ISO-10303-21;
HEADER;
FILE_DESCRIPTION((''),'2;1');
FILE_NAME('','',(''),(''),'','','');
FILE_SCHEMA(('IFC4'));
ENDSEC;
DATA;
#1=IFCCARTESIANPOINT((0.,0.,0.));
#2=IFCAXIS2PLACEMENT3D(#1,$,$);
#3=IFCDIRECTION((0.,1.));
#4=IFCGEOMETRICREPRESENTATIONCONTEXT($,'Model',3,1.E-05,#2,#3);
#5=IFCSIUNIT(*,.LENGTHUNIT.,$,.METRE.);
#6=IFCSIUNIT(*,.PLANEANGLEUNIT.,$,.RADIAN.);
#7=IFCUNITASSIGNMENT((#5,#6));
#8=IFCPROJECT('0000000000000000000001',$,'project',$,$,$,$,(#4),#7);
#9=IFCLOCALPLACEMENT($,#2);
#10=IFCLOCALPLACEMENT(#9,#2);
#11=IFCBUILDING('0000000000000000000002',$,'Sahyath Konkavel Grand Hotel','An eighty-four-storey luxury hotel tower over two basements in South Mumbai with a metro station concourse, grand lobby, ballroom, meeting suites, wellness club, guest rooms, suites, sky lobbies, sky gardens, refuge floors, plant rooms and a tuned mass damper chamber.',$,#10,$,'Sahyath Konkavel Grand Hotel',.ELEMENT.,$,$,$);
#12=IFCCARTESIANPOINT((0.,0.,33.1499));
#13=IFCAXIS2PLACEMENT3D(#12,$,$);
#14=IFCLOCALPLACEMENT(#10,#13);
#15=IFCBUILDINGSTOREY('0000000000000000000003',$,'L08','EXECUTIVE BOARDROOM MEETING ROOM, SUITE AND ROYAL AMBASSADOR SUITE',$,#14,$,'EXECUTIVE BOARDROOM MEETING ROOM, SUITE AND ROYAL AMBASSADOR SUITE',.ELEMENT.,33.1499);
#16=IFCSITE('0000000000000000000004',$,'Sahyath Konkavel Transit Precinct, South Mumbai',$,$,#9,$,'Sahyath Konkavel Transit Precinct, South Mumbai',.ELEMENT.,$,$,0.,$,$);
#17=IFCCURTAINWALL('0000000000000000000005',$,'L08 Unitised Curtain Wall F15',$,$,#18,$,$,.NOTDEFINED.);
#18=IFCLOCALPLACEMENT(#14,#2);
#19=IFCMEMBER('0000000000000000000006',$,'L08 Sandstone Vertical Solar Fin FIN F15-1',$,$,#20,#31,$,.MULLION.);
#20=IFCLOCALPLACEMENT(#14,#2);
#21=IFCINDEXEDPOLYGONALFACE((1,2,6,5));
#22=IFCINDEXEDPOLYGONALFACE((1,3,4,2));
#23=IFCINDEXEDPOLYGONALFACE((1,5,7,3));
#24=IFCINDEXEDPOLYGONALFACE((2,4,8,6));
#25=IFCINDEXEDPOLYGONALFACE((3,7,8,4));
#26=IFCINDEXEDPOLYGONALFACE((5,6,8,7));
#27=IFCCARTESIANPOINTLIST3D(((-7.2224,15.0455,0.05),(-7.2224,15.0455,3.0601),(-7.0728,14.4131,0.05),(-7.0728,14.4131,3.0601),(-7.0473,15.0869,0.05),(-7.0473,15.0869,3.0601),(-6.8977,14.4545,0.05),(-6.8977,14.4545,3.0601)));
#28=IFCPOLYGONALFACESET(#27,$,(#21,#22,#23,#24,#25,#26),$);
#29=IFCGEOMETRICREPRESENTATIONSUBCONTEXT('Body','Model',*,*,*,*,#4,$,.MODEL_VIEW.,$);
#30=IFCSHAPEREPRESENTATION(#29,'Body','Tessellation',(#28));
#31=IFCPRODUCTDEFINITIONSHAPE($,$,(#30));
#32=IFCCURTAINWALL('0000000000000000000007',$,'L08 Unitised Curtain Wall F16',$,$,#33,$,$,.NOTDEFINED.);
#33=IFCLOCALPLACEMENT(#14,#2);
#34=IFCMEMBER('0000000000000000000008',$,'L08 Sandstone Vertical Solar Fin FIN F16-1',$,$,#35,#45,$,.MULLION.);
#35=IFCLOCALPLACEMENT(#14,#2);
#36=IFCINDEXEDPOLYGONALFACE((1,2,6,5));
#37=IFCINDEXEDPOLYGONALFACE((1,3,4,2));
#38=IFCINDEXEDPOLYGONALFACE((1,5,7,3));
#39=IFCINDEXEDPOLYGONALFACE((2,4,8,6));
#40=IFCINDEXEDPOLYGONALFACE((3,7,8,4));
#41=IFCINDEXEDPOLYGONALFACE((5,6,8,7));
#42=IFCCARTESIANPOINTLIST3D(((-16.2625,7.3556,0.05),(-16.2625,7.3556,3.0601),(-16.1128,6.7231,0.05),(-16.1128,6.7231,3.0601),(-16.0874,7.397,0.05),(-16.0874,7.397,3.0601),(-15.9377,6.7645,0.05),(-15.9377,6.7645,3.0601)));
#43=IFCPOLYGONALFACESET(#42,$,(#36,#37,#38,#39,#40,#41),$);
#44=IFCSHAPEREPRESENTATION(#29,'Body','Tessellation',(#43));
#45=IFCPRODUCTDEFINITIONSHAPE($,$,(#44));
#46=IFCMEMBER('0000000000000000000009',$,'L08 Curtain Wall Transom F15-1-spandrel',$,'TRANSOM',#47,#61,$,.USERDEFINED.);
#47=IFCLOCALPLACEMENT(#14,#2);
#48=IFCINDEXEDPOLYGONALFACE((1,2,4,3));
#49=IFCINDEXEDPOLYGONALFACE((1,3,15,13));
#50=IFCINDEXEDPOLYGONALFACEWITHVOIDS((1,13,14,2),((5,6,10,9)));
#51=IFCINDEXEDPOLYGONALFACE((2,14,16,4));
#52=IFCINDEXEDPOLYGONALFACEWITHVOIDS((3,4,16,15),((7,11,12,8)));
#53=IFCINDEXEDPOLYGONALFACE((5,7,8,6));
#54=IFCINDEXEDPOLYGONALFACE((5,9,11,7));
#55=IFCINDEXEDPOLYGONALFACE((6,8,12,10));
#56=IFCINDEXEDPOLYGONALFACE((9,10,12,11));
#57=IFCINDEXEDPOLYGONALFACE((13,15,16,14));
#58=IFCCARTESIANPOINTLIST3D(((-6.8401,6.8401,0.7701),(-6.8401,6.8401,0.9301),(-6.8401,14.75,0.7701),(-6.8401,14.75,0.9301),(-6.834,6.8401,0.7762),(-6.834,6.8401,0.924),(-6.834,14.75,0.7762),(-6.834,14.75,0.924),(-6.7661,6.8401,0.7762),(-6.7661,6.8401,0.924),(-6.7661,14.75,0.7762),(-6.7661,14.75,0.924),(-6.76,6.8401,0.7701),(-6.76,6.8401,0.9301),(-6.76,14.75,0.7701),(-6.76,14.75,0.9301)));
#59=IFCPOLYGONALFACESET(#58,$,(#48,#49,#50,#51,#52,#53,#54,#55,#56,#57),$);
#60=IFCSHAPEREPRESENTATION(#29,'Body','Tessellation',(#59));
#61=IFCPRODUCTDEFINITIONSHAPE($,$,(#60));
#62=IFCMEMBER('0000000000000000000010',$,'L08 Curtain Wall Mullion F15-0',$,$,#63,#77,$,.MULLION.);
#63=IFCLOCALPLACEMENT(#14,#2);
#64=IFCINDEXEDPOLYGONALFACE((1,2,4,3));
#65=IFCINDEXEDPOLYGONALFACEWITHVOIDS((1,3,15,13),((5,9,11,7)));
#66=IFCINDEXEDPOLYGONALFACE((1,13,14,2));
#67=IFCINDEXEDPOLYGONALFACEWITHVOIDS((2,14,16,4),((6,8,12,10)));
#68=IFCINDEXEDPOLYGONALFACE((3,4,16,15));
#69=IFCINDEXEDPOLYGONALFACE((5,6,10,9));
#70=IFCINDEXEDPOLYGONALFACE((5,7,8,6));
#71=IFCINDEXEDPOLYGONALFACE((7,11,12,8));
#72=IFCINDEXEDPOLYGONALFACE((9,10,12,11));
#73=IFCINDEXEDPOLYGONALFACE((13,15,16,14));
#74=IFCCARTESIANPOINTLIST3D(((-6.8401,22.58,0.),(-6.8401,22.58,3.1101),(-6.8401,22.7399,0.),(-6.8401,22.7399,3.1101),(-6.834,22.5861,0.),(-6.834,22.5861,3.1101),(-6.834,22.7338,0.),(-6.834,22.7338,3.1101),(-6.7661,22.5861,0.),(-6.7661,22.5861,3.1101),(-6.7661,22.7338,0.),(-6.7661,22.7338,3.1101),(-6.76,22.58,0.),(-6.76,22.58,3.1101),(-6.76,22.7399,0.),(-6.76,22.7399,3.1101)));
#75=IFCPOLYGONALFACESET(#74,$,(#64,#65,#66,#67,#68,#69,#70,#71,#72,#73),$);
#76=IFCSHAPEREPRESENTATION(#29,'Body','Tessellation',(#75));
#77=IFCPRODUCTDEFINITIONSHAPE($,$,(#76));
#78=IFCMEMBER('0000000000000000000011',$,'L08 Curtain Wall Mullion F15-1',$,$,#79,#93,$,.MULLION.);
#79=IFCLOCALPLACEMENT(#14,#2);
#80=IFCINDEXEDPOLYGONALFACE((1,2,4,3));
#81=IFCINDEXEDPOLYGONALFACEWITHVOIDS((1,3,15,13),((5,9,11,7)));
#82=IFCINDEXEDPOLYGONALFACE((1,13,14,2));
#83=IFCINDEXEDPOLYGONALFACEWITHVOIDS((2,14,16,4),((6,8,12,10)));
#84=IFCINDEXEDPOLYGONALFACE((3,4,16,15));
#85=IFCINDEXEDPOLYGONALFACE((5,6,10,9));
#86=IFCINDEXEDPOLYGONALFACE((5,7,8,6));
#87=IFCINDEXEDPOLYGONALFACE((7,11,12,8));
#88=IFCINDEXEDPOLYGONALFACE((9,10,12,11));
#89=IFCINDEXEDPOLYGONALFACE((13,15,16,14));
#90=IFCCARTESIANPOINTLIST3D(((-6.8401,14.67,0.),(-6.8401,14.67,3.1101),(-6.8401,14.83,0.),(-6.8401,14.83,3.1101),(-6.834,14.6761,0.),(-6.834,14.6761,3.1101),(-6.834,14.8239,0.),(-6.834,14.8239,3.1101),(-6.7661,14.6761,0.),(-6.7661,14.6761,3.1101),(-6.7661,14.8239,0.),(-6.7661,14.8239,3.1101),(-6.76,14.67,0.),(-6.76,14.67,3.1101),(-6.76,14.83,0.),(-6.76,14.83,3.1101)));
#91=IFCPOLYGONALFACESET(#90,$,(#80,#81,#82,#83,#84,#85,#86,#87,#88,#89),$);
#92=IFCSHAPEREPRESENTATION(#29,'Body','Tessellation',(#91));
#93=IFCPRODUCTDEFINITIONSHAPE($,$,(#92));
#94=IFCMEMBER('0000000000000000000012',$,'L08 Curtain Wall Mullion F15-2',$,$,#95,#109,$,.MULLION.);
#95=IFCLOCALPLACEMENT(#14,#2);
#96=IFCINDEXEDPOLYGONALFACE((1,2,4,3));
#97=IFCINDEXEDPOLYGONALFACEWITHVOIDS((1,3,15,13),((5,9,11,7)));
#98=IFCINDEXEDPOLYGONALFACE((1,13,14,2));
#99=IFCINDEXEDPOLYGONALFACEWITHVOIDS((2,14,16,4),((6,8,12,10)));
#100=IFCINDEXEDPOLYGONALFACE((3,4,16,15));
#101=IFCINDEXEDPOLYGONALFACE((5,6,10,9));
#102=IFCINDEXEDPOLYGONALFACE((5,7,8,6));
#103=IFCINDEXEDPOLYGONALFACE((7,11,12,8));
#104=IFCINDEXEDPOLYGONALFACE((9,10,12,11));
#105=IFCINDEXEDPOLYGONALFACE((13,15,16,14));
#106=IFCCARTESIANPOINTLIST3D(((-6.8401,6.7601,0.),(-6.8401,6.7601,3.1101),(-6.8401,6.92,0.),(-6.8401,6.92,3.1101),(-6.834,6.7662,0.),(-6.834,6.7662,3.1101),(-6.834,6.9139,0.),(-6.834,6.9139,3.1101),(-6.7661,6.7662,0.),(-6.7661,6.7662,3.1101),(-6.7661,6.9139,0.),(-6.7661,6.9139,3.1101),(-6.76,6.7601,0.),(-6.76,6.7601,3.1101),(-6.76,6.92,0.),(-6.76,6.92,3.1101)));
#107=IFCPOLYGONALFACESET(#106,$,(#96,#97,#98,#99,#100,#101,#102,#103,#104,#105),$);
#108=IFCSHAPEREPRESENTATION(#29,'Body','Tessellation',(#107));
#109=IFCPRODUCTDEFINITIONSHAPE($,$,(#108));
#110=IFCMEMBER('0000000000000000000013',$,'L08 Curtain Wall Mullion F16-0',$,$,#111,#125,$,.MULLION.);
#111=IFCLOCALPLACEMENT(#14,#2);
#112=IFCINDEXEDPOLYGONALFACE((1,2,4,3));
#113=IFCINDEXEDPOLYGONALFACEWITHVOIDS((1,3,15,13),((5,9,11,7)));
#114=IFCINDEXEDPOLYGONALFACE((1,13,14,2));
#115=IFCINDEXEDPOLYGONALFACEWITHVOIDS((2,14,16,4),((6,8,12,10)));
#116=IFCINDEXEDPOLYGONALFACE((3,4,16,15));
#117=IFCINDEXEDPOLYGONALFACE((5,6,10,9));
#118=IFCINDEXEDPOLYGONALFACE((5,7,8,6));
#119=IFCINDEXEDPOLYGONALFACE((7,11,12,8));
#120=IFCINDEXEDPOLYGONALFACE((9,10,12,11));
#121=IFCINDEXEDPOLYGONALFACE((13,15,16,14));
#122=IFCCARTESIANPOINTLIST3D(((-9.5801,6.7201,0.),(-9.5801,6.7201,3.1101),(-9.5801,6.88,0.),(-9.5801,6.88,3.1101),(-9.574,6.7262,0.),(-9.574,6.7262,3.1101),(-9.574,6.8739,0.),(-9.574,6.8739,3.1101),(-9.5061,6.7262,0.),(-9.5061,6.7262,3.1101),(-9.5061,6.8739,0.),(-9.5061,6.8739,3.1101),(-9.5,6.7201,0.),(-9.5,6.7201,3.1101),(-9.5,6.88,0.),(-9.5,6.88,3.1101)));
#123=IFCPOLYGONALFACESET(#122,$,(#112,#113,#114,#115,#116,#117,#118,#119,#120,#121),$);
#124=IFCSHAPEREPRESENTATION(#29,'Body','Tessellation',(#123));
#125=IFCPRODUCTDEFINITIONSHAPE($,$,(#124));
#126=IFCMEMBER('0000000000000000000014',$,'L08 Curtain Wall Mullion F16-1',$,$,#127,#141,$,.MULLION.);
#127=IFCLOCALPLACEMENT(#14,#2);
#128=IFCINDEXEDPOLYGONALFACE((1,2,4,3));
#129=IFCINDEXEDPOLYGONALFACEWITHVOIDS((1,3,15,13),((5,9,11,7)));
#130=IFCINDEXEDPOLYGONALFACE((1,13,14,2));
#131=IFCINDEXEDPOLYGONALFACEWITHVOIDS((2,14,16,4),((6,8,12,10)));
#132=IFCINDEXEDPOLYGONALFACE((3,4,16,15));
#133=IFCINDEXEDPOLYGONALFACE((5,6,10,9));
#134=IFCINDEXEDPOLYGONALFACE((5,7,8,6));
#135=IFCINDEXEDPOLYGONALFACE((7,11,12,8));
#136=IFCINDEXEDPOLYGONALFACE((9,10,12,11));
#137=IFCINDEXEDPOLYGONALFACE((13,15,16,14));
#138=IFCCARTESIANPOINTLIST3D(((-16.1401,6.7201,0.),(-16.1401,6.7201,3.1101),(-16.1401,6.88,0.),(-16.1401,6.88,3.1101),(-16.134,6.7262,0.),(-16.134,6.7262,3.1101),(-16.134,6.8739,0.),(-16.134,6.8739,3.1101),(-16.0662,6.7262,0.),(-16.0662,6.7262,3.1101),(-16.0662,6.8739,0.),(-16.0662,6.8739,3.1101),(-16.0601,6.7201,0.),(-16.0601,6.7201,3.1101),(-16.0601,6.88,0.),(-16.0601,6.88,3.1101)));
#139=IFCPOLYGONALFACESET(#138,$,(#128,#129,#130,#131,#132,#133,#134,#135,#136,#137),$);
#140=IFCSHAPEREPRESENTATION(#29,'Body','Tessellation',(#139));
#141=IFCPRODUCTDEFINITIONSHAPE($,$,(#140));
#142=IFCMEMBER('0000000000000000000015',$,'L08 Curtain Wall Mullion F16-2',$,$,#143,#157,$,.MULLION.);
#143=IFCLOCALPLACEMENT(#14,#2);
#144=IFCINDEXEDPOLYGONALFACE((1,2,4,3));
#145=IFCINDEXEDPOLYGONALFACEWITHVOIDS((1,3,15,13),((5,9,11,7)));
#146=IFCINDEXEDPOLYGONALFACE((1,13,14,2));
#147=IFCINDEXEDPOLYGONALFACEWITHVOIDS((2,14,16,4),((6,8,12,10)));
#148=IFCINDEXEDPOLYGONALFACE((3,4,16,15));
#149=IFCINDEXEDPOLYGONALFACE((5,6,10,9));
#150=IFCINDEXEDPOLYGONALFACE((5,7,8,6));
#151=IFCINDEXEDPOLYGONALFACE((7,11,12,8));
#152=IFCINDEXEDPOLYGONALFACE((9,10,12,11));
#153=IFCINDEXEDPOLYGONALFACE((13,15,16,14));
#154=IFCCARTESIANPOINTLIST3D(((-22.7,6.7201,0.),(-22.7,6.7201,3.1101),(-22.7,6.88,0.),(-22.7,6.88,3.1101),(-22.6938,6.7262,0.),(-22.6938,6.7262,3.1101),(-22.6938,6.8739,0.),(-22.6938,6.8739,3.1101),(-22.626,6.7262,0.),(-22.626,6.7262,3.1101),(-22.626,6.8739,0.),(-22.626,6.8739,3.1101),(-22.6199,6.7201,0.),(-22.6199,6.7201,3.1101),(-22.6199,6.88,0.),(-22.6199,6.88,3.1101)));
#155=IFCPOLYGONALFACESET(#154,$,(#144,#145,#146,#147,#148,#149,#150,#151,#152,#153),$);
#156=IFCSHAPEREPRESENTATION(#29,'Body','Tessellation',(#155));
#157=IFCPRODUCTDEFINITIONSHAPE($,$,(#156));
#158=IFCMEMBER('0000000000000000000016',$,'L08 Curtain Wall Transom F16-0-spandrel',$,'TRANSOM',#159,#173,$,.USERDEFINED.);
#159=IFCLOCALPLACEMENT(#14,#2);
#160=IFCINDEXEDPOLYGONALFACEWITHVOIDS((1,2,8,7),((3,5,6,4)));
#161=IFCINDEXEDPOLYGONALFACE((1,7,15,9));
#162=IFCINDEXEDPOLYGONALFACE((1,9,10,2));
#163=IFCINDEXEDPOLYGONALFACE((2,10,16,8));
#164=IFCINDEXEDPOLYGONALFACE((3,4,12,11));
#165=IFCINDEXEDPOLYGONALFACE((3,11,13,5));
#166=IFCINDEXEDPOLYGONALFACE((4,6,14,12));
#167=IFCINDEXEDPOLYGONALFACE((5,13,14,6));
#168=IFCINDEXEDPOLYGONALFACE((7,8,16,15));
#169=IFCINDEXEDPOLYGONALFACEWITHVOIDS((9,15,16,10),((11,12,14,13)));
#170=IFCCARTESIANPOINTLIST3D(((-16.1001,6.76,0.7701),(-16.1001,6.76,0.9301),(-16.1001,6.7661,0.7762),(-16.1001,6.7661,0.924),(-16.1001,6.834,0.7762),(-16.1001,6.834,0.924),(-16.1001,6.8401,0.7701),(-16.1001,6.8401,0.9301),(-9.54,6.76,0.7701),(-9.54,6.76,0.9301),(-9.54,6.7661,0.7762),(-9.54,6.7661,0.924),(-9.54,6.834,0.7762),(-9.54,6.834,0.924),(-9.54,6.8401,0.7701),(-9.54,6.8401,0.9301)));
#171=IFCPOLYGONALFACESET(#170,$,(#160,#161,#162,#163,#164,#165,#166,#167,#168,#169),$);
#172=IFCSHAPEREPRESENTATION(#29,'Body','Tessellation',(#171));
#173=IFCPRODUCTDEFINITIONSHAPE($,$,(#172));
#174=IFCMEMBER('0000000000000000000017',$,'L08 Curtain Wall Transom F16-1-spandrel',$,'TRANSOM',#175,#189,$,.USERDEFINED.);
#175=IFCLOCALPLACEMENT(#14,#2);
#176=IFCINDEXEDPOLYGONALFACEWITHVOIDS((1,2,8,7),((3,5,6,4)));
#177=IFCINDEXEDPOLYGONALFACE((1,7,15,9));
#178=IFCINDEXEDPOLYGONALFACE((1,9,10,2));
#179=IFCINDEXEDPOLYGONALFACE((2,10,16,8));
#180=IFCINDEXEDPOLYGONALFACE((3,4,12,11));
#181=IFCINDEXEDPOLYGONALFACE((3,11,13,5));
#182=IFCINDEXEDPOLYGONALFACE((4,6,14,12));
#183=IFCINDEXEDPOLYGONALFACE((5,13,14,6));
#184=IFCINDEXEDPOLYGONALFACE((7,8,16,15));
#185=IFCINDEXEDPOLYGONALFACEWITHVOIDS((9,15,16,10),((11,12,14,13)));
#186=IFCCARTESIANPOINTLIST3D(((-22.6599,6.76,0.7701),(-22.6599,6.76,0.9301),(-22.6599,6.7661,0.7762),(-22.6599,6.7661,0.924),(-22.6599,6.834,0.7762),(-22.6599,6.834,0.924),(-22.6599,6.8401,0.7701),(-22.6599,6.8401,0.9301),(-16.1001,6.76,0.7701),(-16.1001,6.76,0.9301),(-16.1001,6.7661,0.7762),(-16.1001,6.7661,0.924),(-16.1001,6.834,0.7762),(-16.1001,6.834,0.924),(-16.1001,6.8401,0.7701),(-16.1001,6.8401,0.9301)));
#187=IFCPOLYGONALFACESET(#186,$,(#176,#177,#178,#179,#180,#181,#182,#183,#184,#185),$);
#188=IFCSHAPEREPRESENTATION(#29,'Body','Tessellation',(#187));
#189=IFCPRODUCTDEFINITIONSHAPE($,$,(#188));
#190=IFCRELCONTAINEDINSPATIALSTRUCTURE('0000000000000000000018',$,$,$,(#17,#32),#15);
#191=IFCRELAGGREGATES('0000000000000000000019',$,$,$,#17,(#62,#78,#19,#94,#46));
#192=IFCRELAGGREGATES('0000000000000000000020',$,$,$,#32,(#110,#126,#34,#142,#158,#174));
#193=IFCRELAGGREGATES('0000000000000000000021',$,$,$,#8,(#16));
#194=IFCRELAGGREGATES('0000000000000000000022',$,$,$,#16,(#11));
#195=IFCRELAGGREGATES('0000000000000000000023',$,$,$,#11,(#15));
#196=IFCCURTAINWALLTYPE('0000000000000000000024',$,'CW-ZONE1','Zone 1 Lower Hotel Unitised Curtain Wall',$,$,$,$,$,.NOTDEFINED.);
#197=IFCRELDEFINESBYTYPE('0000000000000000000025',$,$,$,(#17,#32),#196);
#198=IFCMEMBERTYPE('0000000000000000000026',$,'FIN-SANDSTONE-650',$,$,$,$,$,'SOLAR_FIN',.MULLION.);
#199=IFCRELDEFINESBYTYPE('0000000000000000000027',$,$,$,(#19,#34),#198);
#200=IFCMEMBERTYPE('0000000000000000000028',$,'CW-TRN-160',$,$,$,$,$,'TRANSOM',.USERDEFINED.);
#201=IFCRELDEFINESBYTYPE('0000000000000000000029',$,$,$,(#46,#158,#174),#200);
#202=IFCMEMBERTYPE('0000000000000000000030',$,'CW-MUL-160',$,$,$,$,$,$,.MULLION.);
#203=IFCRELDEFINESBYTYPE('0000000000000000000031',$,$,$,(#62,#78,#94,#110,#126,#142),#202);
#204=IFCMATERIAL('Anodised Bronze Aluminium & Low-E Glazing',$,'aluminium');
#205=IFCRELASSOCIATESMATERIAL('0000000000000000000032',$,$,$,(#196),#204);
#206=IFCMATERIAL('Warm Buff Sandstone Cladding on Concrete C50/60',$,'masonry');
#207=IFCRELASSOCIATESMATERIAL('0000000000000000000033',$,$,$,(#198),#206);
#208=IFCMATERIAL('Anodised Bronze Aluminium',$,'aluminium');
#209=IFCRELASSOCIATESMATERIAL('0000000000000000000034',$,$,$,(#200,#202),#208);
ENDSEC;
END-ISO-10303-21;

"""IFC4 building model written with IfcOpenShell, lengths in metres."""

from ifc_helpers import new_model, si_unit, direction, frame, origin, origin_2d, place, context, subcontext, project, spatial, rectangle, hollow_rectangle, extrude, source, transform, mapped, material, material_profile, profile_set, type_object, element, aggregate, save


model = new_model("IFC4")

# Units and contexts
model_context = context("Model", 3, precision=1e-05, world=origin(), true_north=direction((0.0, 1.0)))
body_context = subcontext(model_context, "Body", "Model", "MODEL_VIEW")
ifc_project = project(units=[si_unit("LENGTHUNIT", "METRE"), si_unit("PLANEANGLEUNIT", "RADIAN")], contexts=[model_context])

# Site, building, storey
site_placement = place(None, origin())
site = spatial("IfcSite", under=ifc_project, at=site_placement, Name="Sahyath Konkavel Transit Precinct, South Mumbai", LongName="Sahyath Konkavel Transit Precinct, South Mumbai", CompositionType="ELEMENT", RefElevation=0.0)
building_placement = place(site_placement, origin())
building = spatial("IfcBuilding", under=site, at=building_placement, Name="Sahyath Konkavel Grand Hotel", Description="An eighty-four-storey luxury hotel tower over two basements in South Mumbai with a metro station concourse, grand lobby, ballroom, meeting suites, wellness club, guest rooms, suites, sky lobbies, sky gardens, refuge floors, plant rooms and a tuned mass damper chamber.", LongName="Sahyath Konkavel Grand Hotel", CompositionType="ELEMENT")
storey_placement = place(building_placement, frame((0.0, 0.0, 33.1499)))
storey = spatial("IfcBuildingStorey", under=building, at=storey_placement, Name="L08", Description="EXECUTIVE BOARDROOM MEETING ROOM, SUITE AND ROYAL AMBASSADOR SUITE", LongName="EXECUTIVE BOARDROOM MEETING ROOM, SUITE AND ROYAL AMBASSADOR SUITE", CompositionType="ELEMENT", Elevation=33.1499)

# Curtain walls, members
ifc_material_1 = material(Name="Anodised Bronze Aluminium & Low-E Glazing", Category="aluminium")
curtain_wall_type = type_object("IfcCurtainWallType", Name="CW-ZONE1", Description="Zone 1 Lower Hotel Unitised Curtain Wall", PredefinedType="NOTDEFINED", material=ifc_material_1)
curtain_wall_1_placement = place(storey_placement, origin())
curtain_wall_1 = element("IfcCurtainWall", 1, at=curtain_wall_1_placement, inside=storey, type_object=curtain_wall_type, Name="L08 Unitised Curtain Wall F15", PredefinedType="NOTDEFINED")
ifc_material_2 = material(Name="Warm Buff Sandstone Cladding on Concrete C50/60", Category="masonry")
ifc_material_profile_1 = material_profile(ifc_material_2, rectangle(XDim=0.1799, YDim=0.6499, at=origin_2d()), Name="FIN 180x650")
ifc_profile_set_1 = profile_set([ifc_material_profile_1], Name="Warm Buff Sandstone Cladding on Concrete C50/60")
member_type_1 = type_object("IfcMemberType", Name="FIN-SANDSTONE-650", ElementType="SOLAR_FIN", PredefinedType="MULLION", material=ifc_profile_set_1)
shared_shape_1 = source(origin(), body_context, "Body", "SweptSolid", [
    extrude(rectangle(XDim=0.1799, YDim=0.6499, at=origin_2d()), origin(), (0.0, 0.0, 1.0), 3.01),
])
member_1_placement = place(storey_placement, frame((-7.0601, 14.75, 0.05), z_axis=(0.0, 0.0, 1.0), x_axis=(0.973139, 0.23022, 0.0)))
member_1 = element("IfcMember", 2, at=member_1_placement, type_object=member_type_1, Name="L08 Sandstone Vertical Solar Fin FIN F15-1", PredefinedType="MULLION", context=body_context, shape_type="MappedRepresentation", body=[
    mapped(shared_shape_1, transform((0.0, 0.0, 0.0), scale=1.0)),
])
curtain_wall_2_placement = place(storey_placement, origin())
curtain_wall_2 = element("IfcCurtainWall", 3, at=curtain_wall_2_placement, inside=storey, type_object=curtain_wall_type, Name="L08 Unitised Curtain Wall F16", PredefinedType="NOTDEFINED")
member_2_placement = place(storey_placement, frame((-16.1001, 7.0601, 0.05), z_axis=(0.0, 0.0, 1.0), x_axis=(0.973139, 0.23022, 0.0)))
member_2 = element("IfcMember", 4, at=member_2_placement, type_object=member_type_1, Name="L08 Sandstone Vertical Solar Fin FIN F16-1", PredefinedType="MULLION", context=body_context, shape_type="MappedRepresentation", body=[
    mapped(shared_shape_1, transform((0.0, 0.0, 0.0), scale=1.0)),
])

# Members
ifc_material_3 = material(Name="Anodised Bronze Aluminium", Category="aluminium")
ifc_material_profile_2 = material_profile(ifc_material_3, hollow_rectangle(XDim=0.0801, YDim=0.1599, WallThickness=0.0061, at=origin_2d()), Name="RHS 160x80x6")
ifc_profile_set_2 = profile_set([ifc_material_profile_2], Name="Anodised Bronze Aluminium")
member_type_2 = type_object("IfcMemberType", Name="CW-TRN-160", ElementType="TRANSOM", PredefinedType="USERDEFINED", material=ifc_profile_set_2)
shared_shape_2 = source(origin(), body_context, "Body", "SweptSolid", [
    extrude(hollow_rectangle(XDim=0.0801, YDim=0.1599, WallThickness=0.0061, at=origin_2d()), origin(), (0.0, 0.0, 1.0), 7.9099),
])
member_3_placement = place(storey_placement, frame((-6.8, 14.75, 0.8501), z_axis=(0.0, -1.0, 0.0), x_axis=(1.0, 0.0, 0.0)))
member_3 = element("IfcMember", 5, at=member_3_placement, type_object=member_type_2, Name="L08 Curtain Wall Transom F15-1-spandrel", ObjectType="TRANSOM", PredefinedType="USERDEFINED", context=body_context, shape_type="MappedRepresentation", body=[
    mapped(shared_shape_2, transform((0.0, 0.0, 0.0), scale=1.0)),
])
ifc_material_profile_3 = material_profile(ifc_material_3, hollow_rectangle(XDim=0.0801, YDim=0.1599, WallThickness=0.0061, at=origin_2d()), Name="RHS 160x80x6")
ifc_profile_set_3 = profile_set([ifc_material_profile_3], Name="Anodised Bronze Aluminium")
member_type_3 = type_object("IfcMemberType", Name="CW-MUL-160", PredefinedType="MULLION", material=ifc_profile_set_3)
shared_shape_3 = source(origin(), body_context, "Body", "SweptSolid", [
    extrude(hollow_rectangle(XDim=0.0801, YDim=0.1599, WallThickness=0.0061, at=origin_2d()), origin(), (0.0, 0.0, 1.0), 3.1101),
])
member_4_placement = place(storey_placement, frame((-6.8, 22.6599, 0.0), z_axis=(0.0, 0.0, 1.0), x_axis=(1.0, 0.0, 0.0)))
member_4 = element("IfcMember", 6, at=member_4_placement, type_object=member_type_3, Name="L08 Curtain Wall Mullion F15-0", PredefinedType="MULLION", context=body_context, shape_type="MappedRepresentation", body=[
    mapped(shared_shape_3, transform((0.0, 0.0, 0.0), scale=1.0)),
])
member_5_placement = place(storey_placement, frame((-6.8, 14.75, 0.0), z_axis=(0.0, 0.0, 1.0), x_axis=(1.0, 0.0, 0.0)))
member_5 = element("IfcMember", 7, at=member_5_placement, type_object=member_type_3, Name="L08 Curtain Wall Mullion F15-1", PredefinedType="MULLION", context=body_context, shape_type="MappedRepresentation", body=[
    mapped(shared_shape_3, transform((0.0, 0.0, 0.0), scale=1.0)),
])
member_6_placement = place(storey_placement, frame((-6.8, 6.8401, 0.0), z_axis=(0.0, 0.0, 1.0), x_axis=(1.0, 0.0, 0.0)))
member_6 = element("IfcMember", 8, at=member_6_placement, type_object=member_type_3, Name="L08 Curtain Wall Mullion F15-2", PredefinedType="MULLION", context=body_context, shape_type="MappedRepresentation", body=[
    mapped(shared_shape_3, transform((0.0, 0.0, 0.0), scale=1.0)),
])
member_7_placement = place(storey_placement, frame((-9.54, 6.8, 0.0), z_axis=(0.0, 0.0, 1.0), x_axis=(1.0, 0.0, 0.0)))
member_7 = element("IfcMember", 9, at=member_7_placement, type_object=member_type_3, Name="L08 Curtain Wall Mullion F16-0", PredefinedType="MULLION", context=body_context, shape_type="MappedRepresentation", body=[
    mapped(shared_shape_3, transform((0.0, 0.0, 0.0), scale=1.0)),
])
member_8_placement = place(storey_placement, frame((-16.1001, 6.8, 0.0), z_axis=(0.0, 0.0, 1.0), x_axis=(1.0, 0.0, 0.0)))
member_8 = element("IfcMember", 10, at=member_8_placement, type_object=member_type_3, Name="L08 Curtain Wall Mullion F16-1", PredefinedType="MULLION", context=body_context, shape_type="MappedRepresentation", body=[
    mapped(shared_shape_3, transform((0.0, 0.0, 0.0), scale=1.0)),
])
member_9_placement = place(storey_placement, frame((-22.6599, 6.8, 0.0), z_axis=(0.0, 0.0, 1.0), x_axis=(1.0, 0.0, 0.0)))
member_9 = element("IfcMember", 11, at=member_9_placement, type_object=member_type_3, Name="L08 Curtain Wall Mullion F16-2", PredefinedType="MULLION", context=body_context, shape_type="MappedRepresentation", body=[
    mapped(shared_shape_3, transform((0.0, 0.0, 0.0), scale=1.0)),
])
shared_shape_4 = source(origin(), body_context, "Body", "SweptSolid", [
    extrude(hollow_rectangle(XDim=0.0801, YDim=0.1599, WallThickness=0.0061, at=origin_2d()), origin(), (0.0, 0.0, 1.0), 6.5601),
])
member_10_placement = place(storey_placement, frame((-9.54, 6.8, 0.8501), z_axis=(-1.0, 0.0, 0.0), x_axis=(0.0, -1.0, 0.0)))
member_10 = element("IfcMember", 12, at=member_10_placement, type_object=member_type_2, Name="L08 Curtain Wall Transom F16-0-spandrel", ObjectType="TRANSOM", PredefinedType="USERDEFINED", context=body_context, shape_type="MappedRepresentation", body=[
    mapped(shared_shape_4, transform((0.0, 0.0, 0.0), scale=1.0)),
])
shared_shape_5 = source(origin(), body_context, "Body", "SweptSolid", [
    extrude(hollow_rectangle(XDim=0.0801, YDim=0.1599, WallThickness=0.0061, at=origin_2d()), origin(), (0.0, 0.0, 1.0), 6.5598),
])
member_11_placement = place(storey_placement, frame((-16.1001, 6.8, 0.8501), z_axis=(-1.0, 0.0, 0.0), x_axis=(0.0, -1.0, 0.0)))
member_11 = element("IfcMember", 13, at=member_11_placement, type_object=member_type_2, Name="L08 Curtain Wall Transom F16-1-spandrel", ObjectType="TRANSOM", PredefinedType="USERDEFINED", context=body_context, shape_type="MappedRepresentation", body=[
    mapped(shared_shape_5, transform((0.0, 0.0, 0.0), scale=1.0)),
])

aggregate(curtain_wall_1, [member_4, member_5, member_1, member_6, member_3])
aggregate(curtain_wall_2, [member_7, member_8, member_2, member_9, member_10, member_11])

save(model, "model.ifc")
